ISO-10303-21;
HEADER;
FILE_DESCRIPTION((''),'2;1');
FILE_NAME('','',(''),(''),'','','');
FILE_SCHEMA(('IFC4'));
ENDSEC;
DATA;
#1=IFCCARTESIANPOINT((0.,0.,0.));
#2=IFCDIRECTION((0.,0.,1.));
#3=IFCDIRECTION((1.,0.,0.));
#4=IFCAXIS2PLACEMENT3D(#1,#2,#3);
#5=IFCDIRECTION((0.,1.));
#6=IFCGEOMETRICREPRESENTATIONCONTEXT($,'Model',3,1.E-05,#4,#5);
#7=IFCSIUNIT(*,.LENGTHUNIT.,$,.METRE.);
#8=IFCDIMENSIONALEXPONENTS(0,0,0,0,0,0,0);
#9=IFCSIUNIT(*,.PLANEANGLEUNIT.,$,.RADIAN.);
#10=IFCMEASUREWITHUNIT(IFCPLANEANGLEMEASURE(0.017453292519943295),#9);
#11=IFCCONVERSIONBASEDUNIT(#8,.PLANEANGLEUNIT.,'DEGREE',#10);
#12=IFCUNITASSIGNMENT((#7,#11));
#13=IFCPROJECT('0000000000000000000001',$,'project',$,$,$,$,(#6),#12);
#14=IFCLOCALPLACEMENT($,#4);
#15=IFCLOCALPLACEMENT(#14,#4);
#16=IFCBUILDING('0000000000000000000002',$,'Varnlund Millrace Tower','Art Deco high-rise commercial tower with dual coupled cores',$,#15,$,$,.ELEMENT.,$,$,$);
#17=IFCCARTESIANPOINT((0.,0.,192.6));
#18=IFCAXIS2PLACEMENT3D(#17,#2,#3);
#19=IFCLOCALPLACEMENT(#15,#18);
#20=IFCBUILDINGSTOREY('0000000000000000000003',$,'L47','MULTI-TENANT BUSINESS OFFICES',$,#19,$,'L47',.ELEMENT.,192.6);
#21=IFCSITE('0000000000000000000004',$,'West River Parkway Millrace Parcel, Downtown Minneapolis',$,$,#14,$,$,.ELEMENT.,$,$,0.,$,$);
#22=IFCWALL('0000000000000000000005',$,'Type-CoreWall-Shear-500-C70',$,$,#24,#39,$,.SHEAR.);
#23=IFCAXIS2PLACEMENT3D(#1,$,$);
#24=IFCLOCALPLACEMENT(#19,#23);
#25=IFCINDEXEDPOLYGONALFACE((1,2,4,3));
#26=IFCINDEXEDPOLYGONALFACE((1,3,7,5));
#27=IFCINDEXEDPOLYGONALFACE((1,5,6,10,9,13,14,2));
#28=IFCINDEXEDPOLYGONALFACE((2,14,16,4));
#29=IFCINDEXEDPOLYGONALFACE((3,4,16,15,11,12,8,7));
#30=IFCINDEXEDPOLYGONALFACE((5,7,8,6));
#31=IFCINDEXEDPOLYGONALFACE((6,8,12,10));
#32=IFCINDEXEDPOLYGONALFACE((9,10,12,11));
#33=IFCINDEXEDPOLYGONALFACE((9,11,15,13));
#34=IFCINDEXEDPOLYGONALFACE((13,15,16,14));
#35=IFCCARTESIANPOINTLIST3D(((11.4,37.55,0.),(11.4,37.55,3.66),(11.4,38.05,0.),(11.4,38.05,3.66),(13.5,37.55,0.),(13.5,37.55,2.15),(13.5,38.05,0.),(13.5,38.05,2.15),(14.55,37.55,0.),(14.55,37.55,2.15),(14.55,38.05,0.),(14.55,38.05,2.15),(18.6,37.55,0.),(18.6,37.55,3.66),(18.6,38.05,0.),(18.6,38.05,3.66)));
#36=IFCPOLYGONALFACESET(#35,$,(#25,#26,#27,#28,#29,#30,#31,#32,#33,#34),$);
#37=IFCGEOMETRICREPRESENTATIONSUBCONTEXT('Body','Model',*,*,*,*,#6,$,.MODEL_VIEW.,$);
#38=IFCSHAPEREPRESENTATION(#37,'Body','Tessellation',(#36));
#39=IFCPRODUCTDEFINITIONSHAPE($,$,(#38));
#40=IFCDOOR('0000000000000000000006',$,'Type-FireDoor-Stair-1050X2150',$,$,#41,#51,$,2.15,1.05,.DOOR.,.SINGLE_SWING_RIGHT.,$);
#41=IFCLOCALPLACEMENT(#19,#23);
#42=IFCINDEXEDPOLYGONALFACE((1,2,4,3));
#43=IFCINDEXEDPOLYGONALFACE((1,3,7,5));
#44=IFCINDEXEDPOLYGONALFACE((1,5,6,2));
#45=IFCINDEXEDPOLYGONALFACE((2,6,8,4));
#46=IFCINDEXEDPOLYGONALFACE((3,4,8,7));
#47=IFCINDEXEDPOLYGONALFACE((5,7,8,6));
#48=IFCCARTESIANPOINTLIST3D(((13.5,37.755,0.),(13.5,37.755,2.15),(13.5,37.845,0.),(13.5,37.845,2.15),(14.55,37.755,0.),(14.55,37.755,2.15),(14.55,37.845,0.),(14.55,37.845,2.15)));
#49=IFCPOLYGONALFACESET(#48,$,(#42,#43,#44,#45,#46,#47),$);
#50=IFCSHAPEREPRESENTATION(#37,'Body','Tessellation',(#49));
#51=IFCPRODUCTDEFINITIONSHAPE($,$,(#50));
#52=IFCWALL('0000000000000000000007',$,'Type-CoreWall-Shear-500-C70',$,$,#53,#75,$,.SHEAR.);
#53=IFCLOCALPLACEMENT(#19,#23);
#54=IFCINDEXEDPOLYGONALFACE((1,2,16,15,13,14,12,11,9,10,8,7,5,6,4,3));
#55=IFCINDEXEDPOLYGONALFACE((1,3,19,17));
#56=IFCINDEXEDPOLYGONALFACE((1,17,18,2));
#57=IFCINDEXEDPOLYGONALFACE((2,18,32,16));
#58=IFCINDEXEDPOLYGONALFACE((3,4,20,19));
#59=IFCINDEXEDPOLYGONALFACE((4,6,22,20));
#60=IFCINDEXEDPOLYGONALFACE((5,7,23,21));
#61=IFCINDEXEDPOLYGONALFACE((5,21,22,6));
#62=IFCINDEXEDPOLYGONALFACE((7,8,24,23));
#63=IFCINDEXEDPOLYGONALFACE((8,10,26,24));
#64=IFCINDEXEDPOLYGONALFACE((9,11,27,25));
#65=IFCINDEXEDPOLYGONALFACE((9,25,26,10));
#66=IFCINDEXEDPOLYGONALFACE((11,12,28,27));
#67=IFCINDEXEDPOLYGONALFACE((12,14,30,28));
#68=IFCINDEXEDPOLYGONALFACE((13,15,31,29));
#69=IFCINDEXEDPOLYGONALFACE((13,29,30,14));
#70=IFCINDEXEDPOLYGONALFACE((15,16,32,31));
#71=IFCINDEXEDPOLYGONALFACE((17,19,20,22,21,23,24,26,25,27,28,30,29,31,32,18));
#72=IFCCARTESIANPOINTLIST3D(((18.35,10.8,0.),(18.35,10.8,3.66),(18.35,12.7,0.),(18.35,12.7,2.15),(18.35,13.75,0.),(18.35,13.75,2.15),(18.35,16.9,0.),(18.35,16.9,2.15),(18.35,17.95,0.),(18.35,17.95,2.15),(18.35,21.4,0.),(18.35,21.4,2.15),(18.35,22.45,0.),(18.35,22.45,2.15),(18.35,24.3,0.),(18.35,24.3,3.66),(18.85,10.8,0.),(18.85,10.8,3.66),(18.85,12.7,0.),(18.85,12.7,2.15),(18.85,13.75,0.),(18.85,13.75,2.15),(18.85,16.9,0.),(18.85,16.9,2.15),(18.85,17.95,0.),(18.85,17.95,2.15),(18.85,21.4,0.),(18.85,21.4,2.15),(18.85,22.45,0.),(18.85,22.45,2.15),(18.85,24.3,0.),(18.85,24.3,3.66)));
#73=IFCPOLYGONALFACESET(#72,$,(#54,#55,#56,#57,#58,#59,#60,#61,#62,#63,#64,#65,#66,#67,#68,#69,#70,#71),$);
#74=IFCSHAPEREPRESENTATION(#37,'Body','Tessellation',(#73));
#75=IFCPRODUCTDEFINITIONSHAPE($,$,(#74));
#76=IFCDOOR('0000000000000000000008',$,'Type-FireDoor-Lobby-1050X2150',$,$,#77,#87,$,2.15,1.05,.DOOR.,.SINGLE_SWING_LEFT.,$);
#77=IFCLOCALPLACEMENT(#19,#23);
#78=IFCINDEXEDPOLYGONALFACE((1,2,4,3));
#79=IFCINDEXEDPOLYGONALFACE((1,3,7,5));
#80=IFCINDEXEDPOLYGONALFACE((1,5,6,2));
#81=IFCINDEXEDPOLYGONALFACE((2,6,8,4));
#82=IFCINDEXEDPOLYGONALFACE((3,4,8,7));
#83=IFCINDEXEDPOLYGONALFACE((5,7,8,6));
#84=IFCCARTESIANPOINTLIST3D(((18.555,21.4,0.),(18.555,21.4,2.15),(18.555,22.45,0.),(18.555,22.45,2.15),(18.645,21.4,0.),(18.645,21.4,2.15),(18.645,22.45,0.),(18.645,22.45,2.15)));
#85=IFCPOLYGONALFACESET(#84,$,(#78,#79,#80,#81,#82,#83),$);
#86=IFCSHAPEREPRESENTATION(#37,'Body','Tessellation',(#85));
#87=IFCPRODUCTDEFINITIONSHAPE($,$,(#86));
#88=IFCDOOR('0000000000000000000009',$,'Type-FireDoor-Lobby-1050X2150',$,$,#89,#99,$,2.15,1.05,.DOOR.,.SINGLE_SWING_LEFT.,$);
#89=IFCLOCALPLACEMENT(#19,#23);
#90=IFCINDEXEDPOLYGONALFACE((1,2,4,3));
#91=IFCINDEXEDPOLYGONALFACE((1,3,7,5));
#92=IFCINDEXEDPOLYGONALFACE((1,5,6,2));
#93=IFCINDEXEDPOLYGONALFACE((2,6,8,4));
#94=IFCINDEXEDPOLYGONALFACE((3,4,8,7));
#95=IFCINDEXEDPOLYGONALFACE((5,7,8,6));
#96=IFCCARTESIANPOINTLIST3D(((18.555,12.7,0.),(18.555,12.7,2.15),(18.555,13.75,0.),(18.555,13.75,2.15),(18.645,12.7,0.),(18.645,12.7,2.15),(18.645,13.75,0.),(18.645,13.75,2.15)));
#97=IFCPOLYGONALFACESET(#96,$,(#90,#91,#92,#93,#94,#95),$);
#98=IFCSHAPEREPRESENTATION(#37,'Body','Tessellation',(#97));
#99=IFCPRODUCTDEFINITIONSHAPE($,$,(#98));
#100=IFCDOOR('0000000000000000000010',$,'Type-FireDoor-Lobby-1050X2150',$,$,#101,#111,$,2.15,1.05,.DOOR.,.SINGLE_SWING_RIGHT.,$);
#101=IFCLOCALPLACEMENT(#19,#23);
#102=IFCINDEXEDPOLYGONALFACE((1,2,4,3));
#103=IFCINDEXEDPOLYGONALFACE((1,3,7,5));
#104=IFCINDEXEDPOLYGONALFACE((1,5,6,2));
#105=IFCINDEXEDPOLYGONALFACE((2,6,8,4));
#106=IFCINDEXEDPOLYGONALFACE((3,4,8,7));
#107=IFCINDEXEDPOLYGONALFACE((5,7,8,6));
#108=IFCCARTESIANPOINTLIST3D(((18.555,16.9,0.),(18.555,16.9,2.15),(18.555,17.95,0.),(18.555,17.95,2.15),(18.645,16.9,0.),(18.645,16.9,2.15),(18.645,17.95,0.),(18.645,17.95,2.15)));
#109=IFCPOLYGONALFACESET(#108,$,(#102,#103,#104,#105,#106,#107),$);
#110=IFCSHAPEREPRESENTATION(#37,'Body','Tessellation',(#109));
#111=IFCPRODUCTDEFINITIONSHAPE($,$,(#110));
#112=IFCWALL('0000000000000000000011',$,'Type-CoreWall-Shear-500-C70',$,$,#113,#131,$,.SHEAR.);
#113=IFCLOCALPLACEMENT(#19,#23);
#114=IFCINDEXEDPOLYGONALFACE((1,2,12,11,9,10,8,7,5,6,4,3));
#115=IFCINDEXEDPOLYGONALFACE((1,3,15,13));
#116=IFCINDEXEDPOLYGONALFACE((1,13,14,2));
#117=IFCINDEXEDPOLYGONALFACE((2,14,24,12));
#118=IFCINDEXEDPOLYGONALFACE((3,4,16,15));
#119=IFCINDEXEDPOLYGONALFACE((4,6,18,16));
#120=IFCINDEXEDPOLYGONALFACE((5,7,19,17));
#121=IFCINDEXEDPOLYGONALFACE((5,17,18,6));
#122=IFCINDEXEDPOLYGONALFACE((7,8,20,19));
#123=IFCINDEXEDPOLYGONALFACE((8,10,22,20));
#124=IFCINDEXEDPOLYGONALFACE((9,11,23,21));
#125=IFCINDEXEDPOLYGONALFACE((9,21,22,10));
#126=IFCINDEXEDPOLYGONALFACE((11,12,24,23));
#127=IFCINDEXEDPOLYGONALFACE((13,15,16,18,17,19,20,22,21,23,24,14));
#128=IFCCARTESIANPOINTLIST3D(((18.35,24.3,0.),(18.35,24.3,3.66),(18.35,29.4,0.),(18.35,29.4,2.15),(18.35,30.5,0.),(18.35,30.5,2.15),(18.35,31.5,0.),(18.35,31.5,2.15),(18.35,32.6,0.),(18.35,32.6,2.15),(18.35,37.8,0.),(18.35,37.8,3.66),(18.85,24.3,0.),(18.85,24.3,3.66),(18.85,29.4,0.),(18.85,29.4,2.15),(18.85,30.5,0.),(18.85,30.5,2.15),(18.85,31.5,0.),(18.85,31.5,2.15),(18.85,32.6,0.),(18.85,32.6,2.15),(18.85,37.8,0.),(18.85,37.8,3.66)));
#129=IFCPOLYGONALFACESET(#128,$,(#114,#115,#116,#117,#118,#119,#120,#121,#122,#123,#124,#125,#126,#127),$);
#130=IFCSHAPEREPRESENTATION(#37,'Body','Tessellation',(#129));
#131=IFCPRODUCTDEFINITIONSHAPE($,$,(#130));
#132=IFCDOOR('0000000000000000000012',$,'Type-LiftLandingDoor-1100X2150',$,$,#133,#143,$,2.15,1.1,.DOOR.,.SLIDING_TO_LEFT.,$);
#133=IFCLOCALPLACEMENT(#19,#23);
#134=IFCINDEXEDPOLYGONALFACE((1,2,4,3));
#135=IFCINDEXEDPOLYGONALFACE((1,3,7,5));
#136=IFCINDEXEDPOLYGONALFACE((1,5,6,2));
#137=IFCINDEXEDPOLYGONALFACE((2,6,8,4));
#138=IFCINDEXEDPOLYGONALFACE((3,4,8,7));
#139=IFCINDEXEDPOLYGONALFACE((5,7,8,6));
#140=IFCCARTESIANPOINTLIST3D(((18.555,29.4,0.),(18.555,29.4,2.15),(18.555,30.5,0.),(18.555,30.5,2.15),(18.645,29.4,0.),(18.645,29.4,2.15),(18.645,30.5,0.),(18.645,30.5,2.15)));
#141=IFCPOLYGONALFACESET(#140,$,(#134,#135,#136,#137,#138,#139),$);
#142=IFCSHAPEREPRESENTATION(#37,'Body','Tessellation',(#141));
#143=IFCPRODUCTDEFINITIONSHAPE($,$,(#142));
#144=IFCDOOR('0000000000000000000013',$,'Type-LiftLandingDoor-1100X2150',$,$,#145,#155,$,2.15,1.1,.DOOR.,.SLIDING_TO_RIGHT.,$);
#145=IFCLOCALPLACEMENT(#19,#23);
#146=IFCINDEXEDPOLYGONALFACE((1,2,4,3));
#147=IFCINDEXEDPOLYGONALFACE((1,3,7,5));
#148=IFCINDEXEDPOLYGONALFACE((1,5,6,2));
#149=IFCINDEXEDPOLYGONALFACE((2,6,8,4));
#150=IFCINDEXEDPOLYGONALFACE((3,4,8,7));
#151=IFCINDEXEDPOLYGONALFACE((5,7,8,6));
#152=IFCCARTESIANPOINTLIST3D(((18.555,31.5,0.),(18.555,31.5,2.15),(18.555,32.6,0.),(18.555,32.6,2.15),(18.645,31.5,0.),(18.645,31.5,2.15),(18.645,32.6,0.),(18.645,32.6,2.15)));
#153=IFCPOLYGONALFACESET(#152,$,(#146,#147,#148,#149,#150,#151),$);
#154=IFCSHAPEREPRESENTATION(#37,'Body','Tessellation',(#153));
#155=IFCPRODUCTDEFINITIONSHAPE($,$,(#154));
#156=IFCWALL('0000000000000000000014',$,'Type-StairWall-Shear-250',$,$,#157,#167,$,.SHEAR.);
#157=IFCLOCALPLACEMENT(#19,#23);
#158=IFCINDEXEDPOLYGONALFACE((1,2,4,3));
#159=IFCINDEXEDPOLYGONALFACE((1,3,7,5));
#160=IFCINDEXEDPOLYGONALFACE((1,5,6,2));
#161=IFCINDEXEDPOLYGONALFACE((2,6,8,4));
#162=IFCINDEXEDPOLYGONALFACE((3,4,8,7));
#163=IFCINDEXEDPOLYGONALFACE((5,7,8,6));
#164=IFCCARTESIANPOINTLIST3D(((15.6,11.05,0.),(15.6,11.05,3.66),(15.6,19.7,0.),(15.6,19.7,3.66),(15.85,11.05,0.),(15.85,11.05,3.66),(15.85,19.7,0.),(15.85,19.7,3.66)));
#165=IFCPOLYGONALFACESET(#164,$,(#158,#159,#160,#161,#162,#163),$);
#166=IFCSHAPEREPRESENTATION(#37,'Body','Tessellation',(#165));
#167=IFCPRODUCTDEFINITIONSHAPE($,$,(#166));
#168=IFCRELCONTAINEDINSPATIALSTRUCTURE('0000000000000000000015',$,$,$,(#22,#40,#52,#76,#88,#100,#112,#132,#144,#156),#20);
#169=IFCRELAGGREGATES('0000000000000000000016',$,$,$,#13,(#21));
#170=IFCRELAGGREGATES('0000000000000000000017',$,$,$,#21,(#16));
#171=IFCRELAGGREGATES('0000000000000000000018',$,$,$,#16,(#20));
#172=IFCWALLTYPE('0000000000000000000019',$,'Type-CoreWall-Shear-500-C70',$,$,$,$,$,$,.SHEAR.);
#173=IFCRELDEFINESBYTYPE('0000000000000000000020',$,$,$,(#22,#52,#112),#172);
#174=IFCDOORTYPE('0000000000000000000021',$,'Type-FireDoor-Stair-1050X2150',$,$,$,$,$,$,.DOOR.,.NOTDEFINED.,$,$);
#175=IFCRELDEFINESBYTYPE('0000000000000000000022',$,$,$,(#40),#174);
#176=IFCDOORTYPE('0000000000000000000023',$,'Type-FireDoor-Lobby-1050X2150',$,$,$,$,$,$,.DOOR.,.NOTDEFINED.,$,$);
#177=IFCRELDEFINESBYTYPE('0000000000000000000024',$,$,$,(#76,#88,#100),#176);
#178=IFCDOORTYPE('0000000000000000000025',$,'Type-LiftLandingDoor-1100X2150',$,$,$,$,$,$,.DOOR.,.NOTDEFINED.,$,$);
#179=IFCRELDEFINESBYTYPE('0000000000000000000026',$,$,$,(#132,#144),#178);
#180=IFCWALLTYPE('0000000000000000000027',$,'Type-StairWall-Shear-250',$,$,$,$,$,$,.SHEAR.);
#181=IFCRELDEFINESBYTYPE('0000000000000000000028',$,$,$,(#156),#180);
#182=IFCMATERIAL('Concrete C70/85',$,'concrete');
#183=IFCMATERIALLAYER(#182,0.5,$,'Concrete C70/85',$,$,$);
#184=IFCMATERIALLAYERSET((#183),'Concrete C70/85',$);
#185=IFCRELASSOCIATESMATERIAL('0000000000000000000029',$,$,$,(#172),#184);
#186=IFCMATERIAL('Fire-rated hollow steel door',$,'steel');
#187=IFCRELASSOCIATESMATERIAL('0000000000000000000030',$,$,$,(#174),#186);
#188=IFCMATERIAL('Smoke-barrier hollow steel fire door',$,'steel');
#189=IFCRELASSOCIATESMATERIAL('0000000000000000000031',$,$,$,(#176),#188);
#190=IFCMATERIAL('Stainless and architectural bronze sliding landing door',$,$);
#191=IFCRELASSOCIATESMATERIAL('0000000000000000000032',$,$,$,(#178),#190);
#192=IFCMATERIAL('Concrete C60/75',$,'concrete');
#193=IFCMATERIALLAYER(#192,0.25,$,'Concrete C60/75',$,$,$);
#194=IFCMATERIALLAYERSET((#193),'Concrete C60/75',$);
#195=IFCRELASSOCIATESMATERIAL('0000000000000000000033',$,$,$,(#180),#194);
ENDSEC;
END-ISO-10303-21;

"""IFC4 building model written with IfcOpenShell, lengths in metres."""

from ifc_helpers import new_model, entity, si_unit, converted_unit, direction, frame, origin_with_axes, origin_2d_with_axis, place, context, subcontext, project, spatial, polyline, rectangle, outline, extrude, material, layer, layer_set, type_object, element, fill, save


model = new_model("IFC4")

# Units and contexts
model_context = context("Model", 3, precision=1e-05, world=origin_with_axes(), true_north=direction((0.0, 1.0)))
body_context = subcontext(model_context, "Body", "Model", "MODEL_VIEW")
ifc_project = project(units=[si_unit("LENGTHUNIT", "METRE"), converted_unit("PLANEANGLEUNIT", "DEGREE", entity("IfcPlaneAngleMeasure", 0.017453292519943295), si_unit("PLANEANGLEUNIT", "RADIAN"), dimensions=[0, 0, 0, 0, 0, 0, 0])], contexts=[model_context])

# Site, building, storey
site_placement = place(None, origin_with_axes())
site = spatial("IfcSite", under=ifc_project, at=site_placement, Name="West River Parkway Millrace Parcel, Downtown Minneapolis", CompositionType="ELEMENT", RefElevation=0.0)
building_placement = place(site_placement, origin_with_axes())
building = spatial("IfcBuilding", under=site, at=building_placement, Name="Varnlund Millrace Tower", Description="Art Deco high-rise commercial tower with dual coupled cores", CompositionType="ELEMENT")
storey_placement = place(building_placement, frame((0.0, 0.0, 192.6), z_axis=(0.0, 0.0, 1.0), x_axis=(1.0, 0.0, 0.0)))
storey = spatial("IfcBuildingStorey", under=building, at=storey_placement, Name="L47", Description="MULTI-TENANT BUSINESS OFFICES", LongName="L47", CompositionType="ELEMENT", Elevation=192.6)

# Shared definitions
ifc_material_1 = material(Name="Concrete C60/75", Category="concrete")

# Shared definitions
ifc_material_2 = material(Name="Concrete C70/85", Category="concrete")
ifc_layer_1 = layer(ifc_material_2, 0.5, Name="Concrete C70/85")
ifc_layer_set_1 = layer_set([ifc_layer_1], Name="Concrete C70/85")
wall_type_1 = type_object("IfcWallType", Name="Type-CoreWall-Shear-500-C70", PredefinedType="SHEAR", material=ifc_layer_set_1)

# Wall, opening, door
ifc_material_3 = material(Name="Fire-rated hollow steel door", Category="steel")
door_type_1 = type_object("IfcDoorType", Name="Type-FireDoor-Stair-1050X2150", OperationType="NOTDEFINED", PredefinedType="DOOR", material=ifc_material_3)
wall_1_placement = place(storey_placement, frame((11.4, 37.8, 0.0), z_axis=(0.0, 0.0, 1.0), x_axis=(1.0, 0.0, 0.0)))
wall_1 = element("IfcWall", 1, at=wall_1_placement, inside=storey, type_object=wall_type_1, Name="Type-CoreWall-Shear-500-C70", PredefinedType="SHEAR", context=body_context, shape_type="SweptSolid", body=[
    extrude(outline(polyline([(0.0, -0.25), (7.2, -0.25), (7.2, 0.25), (0.0, 0.25), (0.0, -0.25)])), origin_with_axes(), (0.0, 0.0, 1.0), 3.66),
])
opening_1_placement = place(wall_1_placement, frame((2.625, 0.0, 0.0), z_axis=(0.0, 0.0, 1.0), x_axis=(1.0, 0.0, 0.0)))
opening_1 = element("IfcOpeningElement", 2, at=opening_1_placement, cuts=wall_1, PredefinedType="OPENING", context=body_context, shape_type="SweptSolid", body=[
    extrude(rectangle(XDim=1.05, YDim=0.52, at=origin_2d_with_axis()), origin_with_axes(), (0.0, 0.0, 1.0), 2.15),
])
door_1_placement = place(wall_1_placement, frame((2.625, 0.0, 0.0), z_axis=(0.0, 0.0, 1.0), x_axis=(1.0, 0.0, 0.0)))
door_1 = element("IfcDoor", 3, at=door_1_placement, inside=storey, type_object=door_type_1, Name="Type-FireDoor-Stair-1050X2150", OperationType="SINGLE_SWING_RIGHT", OverallHeight=2.15, OverallWidth=1.05, PredefinedType="DOOR", context=body_context, shape_type="SweptSolid", body=[
    extrude(rectangle(XDim=1.05, YDim=0.09, at=origin_2d_with_axis()), origin_with_axes(), (0.0, 0.0, 1.0), 2.15),
])
fill(opening_1, door_1)

# Walls, openings, doors
wall_2_placement = place(storey_placement, frame((18.6, 10.8, 0.0), z_axis=(0.0, 0.0, 1.0), x_axis=(0.0, 1.0, 0.0)))
wall_2 = element("IfcWall", 4, at=wall_2_placement, inside=storey, type_object=wall_type_1, Name="Type-CoreWall-Shear-500-C70", PredefinedType="SHEAR", context=body_context, shape_type="SweptSolid", body=[
    extrude(outline(polyline([(0.0, -0.25), (13.5, -0.25), (13.5, 0.25), (0.0, 0.25), (0.0, -0.25)])), origin_with_axes(), (0.0, 0.0, 1.0), 3.66),
])
opening_2_placement = place(wall_2_placement, frame((11.125, 0.0, 0.0), z_axis=(0.0, 0.0, 1.0), x_axis=(1.0, 0.0, 0.0)))
opening_2 = element("IfcOpeningElement", 5, at=opening_2_placement, cuts=wall_2, PredefinedType="OPENING", context=body_context, shape_type="SweptSolid", body=[
    extrude(rectangle(XDim=1.05, YDim=0.52, at=origin_2d_with_axis()), origin_with_axes(), (0.0, 0.0, 1.0), 2.15),
])
opening_3_placement = place(wall_2_placement, frame((2.425, 0.0, 0.0), z_axis=(0.0, 0.0, 1.0), x_axis=(1.0, 0.0, 0.0)))
opening_3 = element("IfcOpeningElement", 6, at=opening_3_placement, cuts=wall_2, PredefinedType="OPENING", context=body_context, shape_type="SweptSolid", body=[
    extrude(rectangle(XDim=1.05, YDim=0.52, at=origin_2d_with_axis()), origin_with_axes(), (0.0, 0.0, 1.0), 2.15),
])
opening_4_placement = place(wall_2_placement, frame((6.625, 0.0, 0.0), z_axis=(0.0, 0.0, 1.0), x_axis=(1.0, 0.0, 0.0)))
opening_4 = element("IfcOpeningElement", 7, at=opening_4_placement, cuts=wall_2, PredefinedType="OPENING", context=body_context, shape_type="SweptSolid", body=[
    extrude(rectangle(XDim=1.05, YDim=0.52, at=origin_2d_with_axis()), origin_with_axes(), (0.0, 0.0, 1.0), 2.15),
])
ifc_material_4 = material(Name="Smoke-barrier hollow steel fire door", Category="steel")
door_type_2 = type_object("IfcDoorType", Name="Type-FireDoor-Lobby-1050X2150", OperationType="NOTDEFINED", PredefinedType="DOOR", material=ifc_material_4)
door_2_placement = place(wall_2_placement, frame((11.125, 0.0, 0.0), z_axis=(0.0, 0.0, 1.0), x_axis=(1.0, 0.0, 0.0)))
door_2 = element("IfcDoor", 8, at=door_2_placement, inside=storey, type_object=door_type_2, Name="Type-FireDoor-Lobby-1050X2150", OperationType="SINGLE_SWING_LEFT", OverallHeight=2.15, OverallWidth=1.05, PredefinedType="DOOR", context=body_context, shape_type="SweptSolid", body=[
    extrude(rectangle(XDim=1.05, YDim=0.09, at=origin_2d_with_axis()), origin_with_axes(), (0.0, 0.0, 1.0), 2.15),
])
fill(opening_2, door_2)
door_3_placement = place(wall_2_placement, frame((2.425, 0.0, 0.0), z_axis=(0.0, 0.0, 1.0), x_axis=(1.0, 0.0, 0.0)))
door_3 = element("IfcDoor", 9, at=door_3_placement, inside=storey, type_object=door_type_2, Name="Type-FireDoor-Lobby-1050X2150", OperationType="SINGLE_SWING_LEFT", OverallHeight=2.15, OverallWidth=1.05, PredefinedType="DOOR", context=body_context, shape_type="SweptSolid", body=[
    extrude(rectangle(XDim=1.05, YDim=0.09, at=origin_2d_with_axis()), origin_with_axes(), (0.0, 0.0, 1.0), 2.15),
])
fill(opening_3, door_3)
door_4_placement = place(wall_2_placement, frame((6.625, 0.0, 0.0), z_axis=(0.0, 0.0, 1.0), x_axis=(1.0, 0.0, 0.0)))
door_4 = element("IfcDoor", 10, at=door_4_placement, inside=storey, type_object=door_type_2, Name="Type-FireDoor-Lobby-1050X2150", OperationType="SINGLE_SWING_RIGHT", OverallHeight=2.15, OverallWidth=1.05, PredefinedType="DOOR", context=body_context, shape_type="SweptSolid", body=[
    extrude(rectangle(XDim=1.05, YDim=0.09, at=origin_2d_with_axis()), origin_with_axes(), (0.0, 0.0, 1.0), 2.15),
])
fill(opening_4, door_4)
wall_3_placement = place(storey_placement, frame((18.6, 24.3, 0.0), z_axis=(0.0, 0.0, 1.0), x_axis=(0.0, 1.0, 0.0)))
wall_3 = element("IfcWall", 11, at=wall_3_placement, inside=storey, type_object=wall_type_1, Name="Type-CoreWall-Shear-500-C70", PredefinedType="SHEAR", context=body_context, shape_type="SweptSolid", body=[
    extrude(outline(polyline([(0.0, -0.25), (13.5, -0.25), (13.5, 0.25), (0.0, 0.25), (0.0, -0.25)])), origin_with_axes(), (0.0, 0.0, 1.0), 3.66),
])
opening_5_placement = place(wall_3_placement, frame((5.65, 0.0, 0.0), z_axis=(0.0, 0.0, 1.0), x_axis=(1.0, 0.0, 0.0)))
opening_5 = element("IfcOpeningElement", 12, at=opening_5_placement, cuts=wall_3, PredefinedType="OPENING", context=body_context, shape_type="SweptSolid", body=[
    extrude(rectangle(XDim=1.1, YDim=0.52, at=origin_2d_with_axis()), origin_with_axes(), (0.0, 0.0, 1.0), 2.15),
])
opening_6_placement = place(wall_3_placement, frame((7.75, 0.0, 0.0), z_axis=(0.0, 0.0, 1.0), x_axis=(1.0, 0.0, 0.0)))
opening_6 = element("IfcOpeningElement", 13, at=opening_6_placement, cuts=wall_3, PredefinedType="OPENING", context=body_context, shape_type="SweptSolid", body=[
    extrude(rectangle(XDim=1.1, YDim=0.52, at=origin_2d_with_axis()), origin_with_axes(), (0.0, 0.0, 1.0), 2.15),
])
ifc_material_5 = material(Name="Stainless and architectural bronze sliding landing door")
door_type_3 = type_object("IfcDoorType", Name="Type-LiftLandingDoor-1100X2150", OperationType="NOTDEFINED", PredefinedType="DOOR", material=ifc_material_5)
door_5_placement = place(wall_3_placement, frame((5.65, 0.0, 0.0), z_axis=(0.0, 0.0, 1.0), x_axis=(1.0, 0.0, 0.0)))
door_5 = element("IfcDoor", 14, at=door_5_placement, inside=storey, type_object=door_type_3, Name="Type-LiftLandingDoor-1100X2150", OperationType="SLIDING_TO_LEFT", OverallHeight=2.15, OverallWidth=1.1, PredefinedType="DOOR", context=body_context, shape_type="SweptSolid", body=[
    extrude(rectangle(XDim=1.1, YDim=0.09, at=origin_2d_with_axis()), origin_with_axes(), (0.0, 0.0, 1.0), 2.15),
])
fill(opening_5, door_5)
door_6_placement = place(wall_3_placement, frame((7.75, 0.0, 0.0), z_axis=(0.0, 0.0, 1.0), x_axis=(1.0, 0.0, 0.0)))
door_6 = element("IfcDoor", 15, at=door_6_placement, inside=storey, type_object=door_type_3, Name="Type-LiftLandingDoor-1100X2150", OperationType="SLIDING_TO_RIGHT", OverallHeight=2.15, OverallWidth=1.1, PredefinedType="DOOR", context=body_context, shape_type="SweptSolid", body=[
    extrude(rectangle(XDim=1.1, YDim=0.09, at=origin_2d_with_axis()), origin_with_axes(), (0.0, 0.0, 1.0), 2.15),
])
fill(opening_6, door_6)

# Wall
ifc_layer_2 = layer(ifc_material_1, 0.25, Name="Concrete C60/75")
ifc_layer_set_2 = layer_set([ifc_layer_2], Name="Concrete C60/75")
wall_type_2 = type_object("IfcWallType", Name="Type-StairWall-Shear-250", PredefinedType="SHEAR", material=ifc_layer_set_2)
wall_4_placement = place(storey_placement, frame((15.725, 11.05, 0.0), z_axis=(0.0, 0.0, 1.0), x_axis=(0.0, 1.0, 0.0)))
element("IfcWall", 16, at=wall_4_placement, inside=storey, type_object=wall_type_2, Name="Type-StairWall-Shear-250", PredefinedType="SHEAR", context=body_context, shape_type="SweptSolid", body=[
    extrude(outline(polyline([(0.0, -0.125), (8.65, -0.125), (8.65, 0.125), (0.0, 0.125), (0.0, -0.125)])), origin_with_axes(), (0.0, 0.0, 1.0), 3.66),
])

save(model, "model.ifc")
